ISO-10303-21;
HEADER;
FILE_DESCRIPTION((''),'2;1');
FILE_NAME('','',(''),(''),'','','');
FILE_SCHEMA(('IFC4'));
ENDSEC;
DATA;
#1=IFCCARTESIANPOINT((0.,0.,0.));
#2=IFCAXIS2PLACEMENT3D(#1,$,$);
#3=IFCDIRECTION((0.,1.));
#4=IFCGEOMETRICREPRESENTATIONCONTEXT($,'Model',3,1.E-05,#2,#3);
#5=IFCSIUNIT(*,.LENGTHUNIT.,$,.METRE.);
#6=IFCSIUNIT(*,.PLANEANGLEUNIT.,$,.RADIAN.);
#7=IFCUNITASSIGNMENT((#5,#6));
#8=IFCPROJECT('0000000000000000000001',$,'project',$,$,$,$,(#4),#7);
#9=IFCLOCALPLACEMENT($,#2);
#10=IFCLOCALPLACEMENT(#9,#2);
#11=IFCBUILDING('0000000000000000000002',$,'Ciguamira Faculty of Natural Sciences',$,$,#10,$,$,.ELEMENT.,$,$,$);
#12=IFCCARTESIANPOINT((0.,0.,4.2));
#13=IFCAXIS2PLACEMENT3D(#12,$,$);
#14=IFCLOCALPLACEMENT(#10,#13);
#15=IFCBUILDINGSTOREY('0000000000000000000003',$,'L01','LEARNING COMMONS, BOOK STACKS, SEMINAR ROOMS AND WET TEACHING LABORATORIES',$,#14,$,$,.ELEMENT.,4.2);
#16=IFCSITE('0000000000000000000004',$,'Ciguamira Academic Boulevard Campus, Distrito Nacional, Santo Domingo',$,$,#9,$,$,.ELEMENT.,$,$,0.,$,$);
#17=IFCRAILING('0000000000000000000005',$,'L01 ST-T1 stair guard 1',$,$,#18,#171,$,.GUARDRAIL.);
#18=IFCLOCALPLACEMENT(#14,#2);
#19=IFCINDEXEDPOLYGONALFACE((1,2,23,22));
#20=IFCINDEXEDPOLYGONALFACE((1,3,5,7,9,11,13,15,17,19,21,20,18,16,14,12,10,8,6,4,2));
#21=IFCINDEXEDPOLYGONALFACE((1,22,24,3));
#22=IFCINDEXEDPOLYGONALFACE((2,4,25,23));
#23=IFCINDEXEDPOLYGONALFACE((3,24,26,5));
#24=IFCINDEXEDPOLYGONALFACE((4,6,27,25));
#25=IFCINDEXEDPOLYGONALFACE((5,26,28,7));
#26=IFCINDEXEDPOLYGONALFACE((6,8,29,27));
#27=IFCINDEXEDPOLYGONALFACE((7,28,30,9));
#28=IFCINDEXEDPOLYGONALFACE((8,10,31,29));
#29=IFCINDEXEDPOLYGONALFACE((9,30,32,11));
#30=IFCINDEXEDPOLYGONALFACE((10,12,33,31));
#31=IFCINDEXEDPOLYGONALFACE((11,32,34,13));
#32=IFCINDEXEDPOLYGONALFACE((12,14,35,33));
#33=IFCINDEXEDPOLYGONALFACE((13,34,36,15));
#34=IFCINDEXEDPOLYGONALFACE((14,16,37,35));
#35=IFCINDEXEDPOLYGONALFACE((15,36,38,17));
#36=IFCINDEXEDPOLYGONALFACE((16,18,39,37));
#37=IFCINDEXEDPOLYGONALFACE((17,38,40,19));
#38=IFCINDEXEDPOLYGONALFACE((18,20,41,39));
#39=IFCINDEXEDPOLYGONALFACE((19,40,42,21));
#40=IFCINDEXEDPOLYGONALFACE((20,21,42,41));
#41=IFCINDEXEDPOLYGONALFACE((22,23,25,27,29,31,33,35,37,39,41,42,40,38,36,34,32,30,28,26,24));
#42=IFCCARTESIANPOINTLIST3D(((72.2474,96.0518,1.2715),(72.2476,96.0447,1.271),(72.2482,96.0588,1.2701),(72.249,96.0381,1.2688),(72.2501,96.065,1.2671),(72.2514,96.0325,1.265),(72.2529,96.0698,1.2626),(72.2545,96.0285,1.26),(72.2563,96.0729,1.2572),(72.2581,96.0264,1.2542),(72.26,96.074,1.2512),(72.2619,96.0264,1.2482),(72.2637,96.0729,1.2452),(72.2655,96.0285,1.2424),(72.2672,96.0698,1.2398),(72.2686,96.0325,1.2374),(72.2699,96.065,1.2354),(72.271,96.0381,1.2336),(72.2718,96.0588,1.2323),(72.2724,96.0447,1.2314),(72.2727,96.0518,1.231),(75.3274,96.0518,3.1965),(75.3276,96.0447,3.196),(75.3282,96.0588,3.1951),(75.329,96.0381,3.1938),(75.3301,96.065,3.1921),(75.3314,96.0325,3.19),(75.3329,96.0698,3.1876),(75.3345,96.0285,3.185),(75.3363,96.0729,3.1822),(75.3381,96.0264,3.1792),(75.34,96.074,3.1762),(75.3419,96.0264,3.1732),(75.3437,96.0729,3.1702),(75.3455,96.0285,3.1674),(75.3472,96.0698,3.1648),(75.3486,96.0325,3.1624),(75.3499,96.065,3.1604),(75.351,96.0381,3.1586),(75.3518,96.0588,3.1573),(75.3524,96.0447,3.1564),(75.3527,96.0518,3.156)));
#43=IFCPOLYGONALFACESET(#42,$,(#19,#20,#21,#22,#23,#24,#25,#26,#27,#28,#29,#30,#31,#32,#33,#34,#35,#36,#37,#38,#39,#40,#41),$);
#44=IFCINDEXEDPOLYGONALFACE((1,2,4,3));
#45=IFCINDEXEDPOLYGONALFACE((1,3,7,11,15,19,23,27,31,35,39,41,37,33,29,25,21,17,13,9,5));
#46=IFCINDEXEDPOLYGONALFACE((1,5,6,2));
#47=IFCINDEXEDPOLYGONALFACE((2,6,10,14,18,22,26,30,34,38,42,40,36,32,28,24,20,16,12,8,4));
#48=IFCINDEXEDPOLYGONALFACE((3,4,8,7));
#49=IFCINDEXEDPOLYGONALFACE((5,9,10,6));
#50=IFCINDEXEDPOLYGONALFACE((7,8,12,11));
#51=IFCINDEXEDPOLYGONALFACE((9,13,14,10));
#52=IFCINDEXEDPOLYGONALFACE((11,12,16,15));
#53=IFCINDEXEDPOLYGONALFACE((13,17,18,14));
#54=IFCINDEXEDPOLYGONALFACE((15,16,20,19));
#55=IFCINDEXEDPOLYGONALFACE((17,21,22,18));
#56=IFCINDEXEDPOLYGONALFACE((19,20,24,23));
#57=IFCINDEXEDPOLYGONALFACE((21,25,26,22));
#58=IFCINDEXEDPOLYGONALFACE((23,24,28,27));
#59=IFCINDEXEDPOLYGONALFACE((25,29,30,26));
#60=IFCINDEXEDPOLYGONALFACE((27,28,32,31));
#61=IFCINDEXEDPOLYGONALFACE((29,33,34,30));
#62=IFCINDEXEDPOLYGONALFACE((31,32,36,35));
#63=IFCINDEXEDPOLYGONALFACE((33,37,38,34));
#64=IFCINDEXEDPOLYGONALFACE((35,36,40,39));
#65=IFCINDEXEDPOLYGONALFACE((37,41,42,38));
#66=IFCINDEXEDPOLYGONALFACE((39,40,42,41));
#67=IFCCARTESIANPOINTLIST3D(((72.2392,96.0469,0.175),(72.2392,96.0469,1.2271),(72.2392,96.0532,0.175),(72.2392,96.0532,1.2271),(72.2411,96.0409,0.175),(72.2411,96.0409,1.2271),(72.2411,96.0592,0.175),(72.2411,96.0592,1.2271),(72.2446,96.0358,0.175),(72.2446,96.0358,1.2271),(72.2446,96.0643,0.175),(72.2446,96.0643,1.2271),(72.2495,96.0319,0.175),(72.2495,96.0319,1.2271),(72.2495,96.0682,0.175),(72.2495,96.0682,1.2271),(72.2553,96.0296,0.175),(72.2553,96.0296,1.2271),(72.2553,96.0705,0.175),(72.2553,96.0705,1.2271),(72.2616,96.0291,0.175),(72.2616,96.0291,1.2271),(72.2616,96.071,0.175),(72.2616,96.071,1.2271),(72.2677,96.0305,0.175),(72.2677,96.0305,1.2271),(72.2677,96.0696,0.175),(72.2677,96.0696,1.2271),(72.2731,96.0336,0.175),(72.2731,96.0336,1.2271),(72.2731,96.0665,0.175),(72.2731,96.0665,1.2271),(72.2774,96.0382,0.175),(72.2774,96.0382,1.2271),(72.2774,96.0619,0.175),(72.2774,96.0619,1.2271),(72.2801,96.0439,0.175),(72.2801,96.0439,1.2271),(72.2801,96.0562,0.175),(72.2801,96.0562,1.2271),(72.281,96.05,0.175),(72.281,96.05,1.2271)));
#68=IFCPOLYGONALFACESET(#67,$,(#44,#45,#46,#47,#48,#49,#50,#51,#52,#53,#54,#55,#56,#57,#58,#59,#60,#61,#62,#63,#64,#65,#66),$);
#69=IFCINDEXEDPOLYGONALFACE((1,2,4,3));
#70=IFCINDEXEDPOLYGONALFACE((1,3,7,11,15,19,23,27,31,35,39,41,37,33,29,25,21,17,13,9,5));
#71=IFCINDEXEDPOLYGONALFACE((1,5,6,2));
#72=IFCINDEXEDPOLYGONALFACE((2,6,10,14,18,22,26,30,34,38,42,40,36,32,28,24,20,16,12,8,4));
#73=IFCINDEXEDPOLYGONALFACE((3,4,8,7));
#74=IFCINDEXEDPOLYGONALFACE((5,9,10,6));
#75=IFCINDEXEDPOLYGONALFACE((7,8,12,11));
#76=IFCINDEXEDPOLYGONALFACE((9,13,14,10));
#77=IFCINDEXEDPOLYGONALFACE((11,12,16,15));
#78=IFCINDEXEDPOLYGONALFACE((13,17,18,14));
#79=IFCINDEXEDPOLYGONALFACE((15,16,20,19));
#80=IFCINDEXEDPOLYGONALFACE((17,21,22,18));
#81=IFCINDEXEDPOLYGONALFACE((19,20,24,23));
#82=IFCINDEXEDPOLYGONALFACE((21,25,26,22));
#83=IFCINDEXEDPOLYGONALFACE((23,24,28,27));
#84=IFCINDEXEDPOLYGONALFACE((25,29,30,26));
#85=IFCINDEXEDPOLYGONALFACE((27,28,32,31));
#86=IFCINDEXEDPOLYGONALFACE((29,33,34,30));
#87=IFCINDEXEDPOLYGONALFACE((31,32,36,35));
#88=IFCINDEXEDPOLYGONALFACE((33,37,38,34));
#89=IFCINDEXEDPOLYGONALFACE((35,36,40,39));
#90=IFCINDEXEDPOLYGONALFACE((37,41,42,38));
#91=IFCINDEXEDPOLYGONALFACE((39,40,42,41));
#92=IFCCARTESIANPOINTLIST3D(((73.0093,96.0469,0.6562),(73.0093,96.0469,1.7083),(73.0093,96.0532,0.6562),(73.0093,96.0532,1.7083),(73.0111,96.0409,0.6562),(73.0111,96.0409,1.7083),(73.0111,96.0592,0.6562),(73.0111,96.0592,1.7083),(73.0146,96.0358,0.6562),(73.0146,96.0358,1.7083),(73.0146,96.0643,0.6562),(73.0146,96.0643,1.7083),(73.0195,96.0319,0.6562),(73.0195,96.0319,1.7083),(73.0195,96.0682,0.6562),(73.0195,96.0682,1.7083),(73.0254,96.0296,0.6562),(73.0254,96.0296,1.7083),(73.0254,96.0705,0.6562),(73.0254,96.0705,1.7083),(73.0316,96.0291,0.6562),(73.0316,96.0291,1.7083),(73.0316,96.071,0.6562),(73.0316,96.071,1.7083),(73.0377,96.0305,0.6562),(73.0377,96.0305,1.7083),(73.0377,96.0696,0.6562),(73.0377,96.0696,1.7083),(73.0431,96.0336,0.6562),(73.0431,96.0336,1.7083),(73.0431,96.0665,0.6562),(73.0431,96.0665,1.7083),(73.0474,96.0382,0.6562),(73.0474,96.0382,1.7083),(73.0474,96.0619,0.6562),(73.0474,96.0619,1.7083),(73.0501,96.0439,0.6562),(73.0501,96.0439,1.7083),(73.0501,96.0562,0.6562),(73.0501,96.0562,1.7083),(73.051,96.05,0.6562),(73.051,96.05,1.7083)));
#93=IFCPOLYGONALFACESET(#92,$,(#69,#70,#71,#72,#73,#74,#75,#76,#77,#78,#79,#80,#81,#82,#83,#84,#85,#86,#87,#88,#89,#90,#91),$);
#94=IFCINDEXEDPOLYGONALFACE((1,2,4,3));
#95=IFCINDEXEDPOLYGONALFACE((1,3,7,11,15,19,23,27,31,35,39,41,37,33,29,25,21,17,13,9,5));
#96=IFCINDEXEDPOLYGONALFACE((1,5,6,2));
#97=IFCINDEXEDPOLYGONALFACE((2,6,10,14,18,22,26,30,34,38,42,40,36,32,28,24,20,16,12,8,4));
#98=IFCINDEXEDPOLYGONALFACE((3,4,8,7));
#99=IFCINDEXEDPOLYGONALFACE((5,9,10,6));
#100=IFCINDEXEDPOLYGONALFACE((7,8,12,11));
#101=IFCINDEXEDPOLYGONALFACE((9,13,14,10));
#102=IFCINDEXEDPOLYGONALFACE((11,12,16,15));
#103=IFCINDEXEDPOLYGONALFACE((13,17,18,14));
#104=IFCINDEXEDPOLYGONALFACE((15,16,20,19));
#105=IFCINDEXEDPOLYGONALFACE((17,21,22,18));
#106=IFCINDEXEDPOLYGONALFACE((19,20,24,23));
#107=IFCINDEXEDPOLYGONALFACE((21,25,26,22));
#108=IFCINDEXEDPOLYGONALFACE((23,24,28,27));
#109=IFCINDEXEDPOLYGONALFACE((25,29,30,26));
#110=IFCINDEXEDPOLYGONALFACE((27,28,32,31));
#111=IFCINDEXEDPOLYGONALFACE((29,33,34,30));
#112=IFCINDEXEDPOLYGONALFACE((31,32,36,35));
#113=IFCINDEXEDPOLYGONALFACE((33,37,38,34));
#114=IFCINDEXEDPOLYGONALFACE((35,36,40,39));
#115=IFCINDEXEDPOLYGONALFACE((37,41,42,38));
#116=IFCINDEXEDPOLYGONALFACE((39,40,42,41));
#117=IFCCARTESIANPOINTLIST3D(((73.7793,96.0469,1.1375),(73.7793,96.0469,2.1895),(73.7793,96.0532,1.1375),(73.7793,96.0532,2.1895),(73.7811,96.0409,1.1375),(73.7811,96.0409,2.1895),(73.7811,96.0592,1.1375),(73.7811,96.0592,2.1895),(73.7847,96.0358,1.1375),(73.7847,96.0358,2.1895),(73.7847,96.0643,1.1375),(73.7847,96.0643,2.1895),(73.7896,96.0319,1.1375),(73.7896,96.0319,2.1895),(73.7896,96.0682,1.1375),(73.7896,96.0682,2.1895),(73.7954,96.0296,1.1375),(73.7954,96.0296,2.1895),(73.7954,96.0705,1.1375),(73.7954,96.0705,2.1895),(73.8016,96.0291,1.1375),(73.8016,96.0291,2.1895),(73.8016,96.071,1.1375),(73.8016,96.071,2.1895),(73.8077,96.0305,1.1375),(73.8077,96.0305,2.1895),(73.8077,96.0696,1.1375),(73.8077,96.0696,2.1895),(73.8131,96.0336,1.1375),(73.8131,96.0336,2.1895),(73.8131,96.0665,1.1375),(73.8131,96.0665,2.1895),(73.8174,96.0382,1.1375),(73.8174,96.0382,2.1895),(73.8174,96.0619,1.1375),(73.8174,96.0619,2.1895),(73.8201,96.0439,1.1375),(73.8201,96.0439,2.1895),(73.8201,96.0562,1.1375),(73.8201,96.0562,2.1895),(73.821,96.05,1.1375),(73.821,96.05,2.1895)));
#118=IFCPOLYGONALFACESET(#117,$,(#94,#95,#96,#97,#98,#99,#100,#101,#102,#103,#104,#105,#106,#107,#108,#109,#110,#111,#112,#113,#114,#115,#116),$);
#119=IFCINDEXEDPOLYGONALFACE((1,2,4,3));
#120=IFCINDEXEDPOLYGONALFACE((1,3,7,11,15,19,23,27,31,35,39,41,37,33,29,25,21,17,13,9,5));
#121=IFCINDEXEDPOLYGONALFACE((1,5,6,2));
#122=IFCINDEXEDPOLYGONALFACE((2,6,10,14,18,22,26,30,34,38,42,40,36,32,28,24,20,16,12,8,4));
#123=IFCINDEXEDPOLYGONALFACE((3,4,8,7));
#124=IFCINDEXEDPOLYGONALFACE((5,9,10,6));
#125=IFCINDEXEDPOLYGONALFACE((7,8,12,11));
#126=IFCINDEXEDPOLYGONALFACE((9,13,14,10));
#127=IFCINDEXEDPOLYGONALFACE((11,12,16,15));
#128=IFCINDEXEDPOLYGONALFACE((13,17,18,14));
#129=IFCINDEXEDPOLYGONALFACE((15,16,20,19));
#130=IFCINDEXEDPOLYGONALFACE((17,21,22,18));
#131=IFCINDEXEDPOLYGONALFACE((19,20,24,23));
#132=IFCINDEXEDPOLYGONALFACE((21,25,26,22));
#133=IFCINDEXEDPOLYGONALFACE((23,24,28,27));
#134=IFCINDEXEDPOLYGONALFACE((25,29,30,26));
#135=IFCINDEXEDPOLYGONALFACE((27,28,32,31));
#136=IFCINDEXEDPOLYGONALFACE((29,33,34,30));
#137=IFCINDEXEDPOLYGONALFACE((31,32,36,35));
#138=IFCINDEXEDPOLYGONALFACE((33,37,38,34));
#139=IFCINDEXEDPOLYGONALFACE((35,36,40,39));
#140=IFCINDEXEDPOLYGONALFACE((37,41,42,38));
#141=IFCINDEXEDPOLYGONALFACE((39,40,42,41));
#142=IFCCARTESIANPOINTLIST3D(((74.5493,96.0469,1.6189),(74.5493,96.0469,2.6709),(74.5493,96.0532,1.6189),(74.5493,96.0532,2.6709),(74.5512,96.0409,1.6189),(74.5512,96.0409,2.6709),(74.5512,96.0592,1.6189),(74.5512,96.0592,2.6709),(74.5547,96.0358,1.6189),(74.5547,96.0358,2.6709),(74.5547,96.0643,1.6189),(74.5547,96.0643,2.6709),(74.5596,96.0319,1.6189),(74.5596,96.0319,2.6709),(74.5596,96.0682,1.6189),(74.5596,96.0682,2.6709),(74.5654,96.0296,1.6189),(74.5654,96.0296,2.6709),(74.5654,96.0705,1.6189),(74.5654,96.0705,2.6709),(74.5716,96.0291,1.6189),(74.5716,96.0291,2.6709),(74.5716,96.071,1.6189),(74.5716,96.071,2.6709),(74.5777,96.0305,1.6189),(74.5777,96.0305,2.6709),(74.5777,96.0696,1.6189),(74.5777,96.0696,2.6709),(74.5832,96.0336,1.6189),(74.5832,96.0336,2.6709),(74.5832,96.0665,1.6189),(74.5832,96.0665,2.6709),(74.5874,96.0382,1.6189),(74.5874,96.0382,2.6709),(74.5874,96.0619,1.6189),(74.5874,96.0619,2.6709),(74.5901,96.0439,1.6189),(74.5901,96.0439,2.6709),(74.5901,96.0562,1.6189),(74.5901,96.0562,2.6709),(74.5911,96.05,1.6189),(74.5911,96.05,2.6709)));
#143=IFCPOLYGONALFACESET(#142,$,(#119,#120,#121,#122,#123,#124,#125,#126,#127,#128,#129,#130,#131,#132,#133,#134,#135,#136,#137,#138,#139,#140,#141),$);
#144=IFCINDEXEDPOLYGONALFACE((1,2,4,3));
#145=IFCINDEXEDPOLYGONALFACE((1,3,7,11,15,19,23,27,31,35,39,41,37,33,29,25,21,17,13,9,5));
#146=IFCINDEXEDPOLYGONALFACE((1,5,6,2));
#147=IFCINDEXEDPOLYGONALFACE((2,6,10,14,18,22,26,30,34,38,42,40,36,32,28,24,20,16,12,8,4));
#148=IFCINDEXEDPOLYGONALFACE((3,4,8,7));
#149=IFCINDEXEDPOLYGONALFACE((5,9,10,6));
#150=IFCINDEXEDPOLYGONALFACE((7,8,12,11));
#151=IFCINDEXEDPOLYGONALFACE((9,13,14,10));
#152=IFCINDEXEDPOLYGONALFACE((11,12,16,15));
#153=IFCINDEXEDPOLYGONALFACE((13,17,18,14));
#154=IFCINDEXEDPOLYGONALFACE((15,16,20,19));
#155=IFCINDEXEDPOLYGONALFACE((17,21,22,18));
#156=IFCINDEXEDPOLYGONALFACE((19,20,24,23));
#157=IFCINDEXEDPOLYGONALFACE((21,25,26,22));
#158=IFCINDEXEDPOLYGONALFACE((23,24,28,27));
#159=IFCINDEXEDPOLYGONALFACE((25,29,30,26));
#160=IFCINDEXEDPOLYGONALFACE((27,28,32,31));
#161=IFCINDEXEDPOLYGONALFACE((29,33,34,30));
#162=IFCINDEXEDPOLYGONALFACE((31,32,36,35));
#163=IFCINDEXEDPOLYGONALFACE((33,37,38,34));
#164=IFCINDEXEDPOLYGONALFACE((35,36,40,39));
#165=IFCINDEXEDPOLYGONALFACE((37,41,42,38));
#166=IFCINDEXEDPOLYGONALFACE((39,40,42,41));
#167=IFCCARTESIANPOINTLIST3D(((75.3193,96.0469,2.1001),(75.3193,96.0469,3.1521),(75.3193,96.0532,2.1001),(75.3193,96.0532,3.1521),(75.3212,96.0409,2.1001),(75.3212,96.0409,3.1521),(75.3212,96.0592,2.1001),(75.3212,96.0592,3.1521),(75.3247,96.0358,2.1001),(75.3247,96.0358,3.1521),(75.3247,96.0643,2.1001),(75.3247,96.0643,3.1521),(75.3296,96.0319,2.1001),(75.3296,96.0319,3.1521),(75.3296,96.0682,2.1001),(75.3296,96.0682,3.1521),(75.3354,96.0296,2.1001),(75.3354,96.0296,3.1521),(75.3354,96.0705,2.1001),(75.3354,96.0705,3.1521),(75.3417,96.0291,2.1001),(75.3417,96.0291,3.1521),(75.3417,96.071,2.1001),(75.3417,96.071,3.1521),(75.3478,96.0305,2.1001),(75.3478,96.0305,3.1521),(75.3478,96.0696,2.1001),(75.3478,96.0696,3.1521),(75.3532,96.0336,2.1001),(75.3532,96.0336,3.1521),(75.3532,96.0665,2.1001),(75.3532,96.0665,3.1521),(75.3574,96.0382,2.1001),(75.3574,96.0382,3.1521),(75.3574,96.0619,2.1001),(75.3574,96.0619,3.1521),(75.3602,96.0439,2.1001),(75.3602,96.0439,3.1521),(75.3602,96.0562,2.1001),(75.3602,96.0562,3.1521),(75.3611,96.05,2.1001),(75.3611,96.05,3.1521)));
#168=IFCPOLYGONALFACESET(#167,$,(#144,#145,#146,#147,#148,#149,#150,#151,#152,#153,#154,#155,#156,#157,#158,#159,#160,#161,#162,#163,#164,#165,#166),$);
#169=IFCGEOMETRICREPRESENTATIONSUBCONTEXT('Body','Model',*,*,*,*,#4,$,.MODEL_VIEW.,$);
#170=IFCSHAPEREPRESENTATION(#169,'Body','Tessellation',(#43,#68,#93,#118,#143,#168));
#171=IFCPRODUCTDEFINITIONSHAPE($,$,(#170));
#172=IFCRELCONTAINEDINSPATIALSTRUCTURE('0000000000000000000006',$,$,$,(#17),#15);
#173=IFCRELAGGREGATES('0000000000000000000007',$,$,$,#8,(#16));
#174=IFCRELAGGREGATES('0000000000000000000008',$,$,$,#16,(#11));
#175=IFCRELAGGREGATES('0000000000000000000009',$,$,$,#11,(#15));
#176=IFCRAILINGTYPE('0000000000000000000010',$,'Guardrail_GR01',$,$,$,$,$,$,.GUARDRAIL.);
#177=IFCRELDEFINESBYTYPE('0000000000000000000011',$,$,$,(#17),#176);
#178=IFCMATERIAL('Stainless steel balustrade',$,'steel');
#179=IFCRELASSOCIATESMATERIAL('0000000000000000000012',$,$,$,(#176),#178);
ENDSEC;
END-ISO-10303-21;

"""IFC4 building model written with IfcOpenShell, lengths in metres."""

from ifc_helpers import new_model, si_unit, direction, frame, origin, origin_2d, place, context, subcontext, project, spatial, circle, extrude, material, type_object, element, save


model = new_model("IFC4")

# Units and contexts
model_context = context("Model", 3, precision=1e-05, world=origin(), true_north=direction((0.0, 1.0)))
body_context = subcontext(model_context, "Body", "Model", "MODEL_VIEW")
ifc_project = project(units=[si_unit("LENGTHUNIT", "METRE"), si_unit("PLANEANGLEUNIT", "RADIAN")], contexts=[model_context])

# Site, building, storey
site_placement = place(None, origin())
site = spatial("IfcSite", under=ifc_project, at=site_placement, Name="Ciguamira Academic Boulevard Campus, Distrito Nacional, Santo Domingo", CompositionType="ELEMENT", RefElevation=0.0)
building_placement = place(site_placement, origin())
building = spatial("IfcBuilding", under=site, at=building_placement, Name="Ciguamira Faculty of Natural Sciences", CompositionType="ELEMENT")
storey_placement = place(building_placement, frame((0.0, 0.0, 4.2)))
storey = spatial("IfcBuildingStorey", under=building, at=storey_placement, Name="L01", Description="LEARNING COMMONS, BOOK STACKS, SEMINAR ROOMS AND WET TEACHING LABORATORIES", CompositionType="ELEMENT", Elevation=4.2)

# Railing
ifc_material_1 = material(Name="Stainless steel balustrade", Category="steel")
railing_type_1 = type_object("IfcRailingType", Name="Guardrail_GR01", PredefinedType="GUARDRAIL", material=ifc_material_1)
railing_1_placement = place(storey_placement, frame((72.26, 96.05, 0.175)))
element("IfcRailing", 1, at=railing_1_placement, inside=storey, type_object=railing_type_1, Name="L01 ST-T1 stair guard 1", PredefinedType="GUARDRAIL", context=body_context, shape_type="SweptSolid", body=[
    extrude(circle(Radius=0.0239, at=origin_2d()), frame((0.0, 0.0, 1.0762), z_axis=(0.847998, 0.0, 0.529999), x_axis=(0.0, 1.0, 0.0)), (0.0, 0.0, 1.0), 3.6321),
    extrude(circle(Radius=0.021, at=origin_2d()), origin(), (0.0, 0.0, 1.0), 1.052),
    extrude(circle(Radius=0.021, at=origin_2d()), frame((0.77, 0.0, 0.4812)), (0.0, 0.0, 1.0), 1.052),
    extrude(circle(Radius=0.021, at=origin_2d()), frame((1.54, 0.0, 0.9624)), (0.0, 0.0, 1.0), 1.052),
    extrude(circle(Radius=0.021, at=origin_2d()), frame((2.3101, 0.0, 1.4438)), (0.0, 0.0, 1.0), 1.052),
    extrude(circle(Radius=0.021, at=origin_2d()), frame((3.0801, 0.0, 1.925)), (0.0, 0.0, 1.0), 1.052),
])

save(model, "model.ifc")
